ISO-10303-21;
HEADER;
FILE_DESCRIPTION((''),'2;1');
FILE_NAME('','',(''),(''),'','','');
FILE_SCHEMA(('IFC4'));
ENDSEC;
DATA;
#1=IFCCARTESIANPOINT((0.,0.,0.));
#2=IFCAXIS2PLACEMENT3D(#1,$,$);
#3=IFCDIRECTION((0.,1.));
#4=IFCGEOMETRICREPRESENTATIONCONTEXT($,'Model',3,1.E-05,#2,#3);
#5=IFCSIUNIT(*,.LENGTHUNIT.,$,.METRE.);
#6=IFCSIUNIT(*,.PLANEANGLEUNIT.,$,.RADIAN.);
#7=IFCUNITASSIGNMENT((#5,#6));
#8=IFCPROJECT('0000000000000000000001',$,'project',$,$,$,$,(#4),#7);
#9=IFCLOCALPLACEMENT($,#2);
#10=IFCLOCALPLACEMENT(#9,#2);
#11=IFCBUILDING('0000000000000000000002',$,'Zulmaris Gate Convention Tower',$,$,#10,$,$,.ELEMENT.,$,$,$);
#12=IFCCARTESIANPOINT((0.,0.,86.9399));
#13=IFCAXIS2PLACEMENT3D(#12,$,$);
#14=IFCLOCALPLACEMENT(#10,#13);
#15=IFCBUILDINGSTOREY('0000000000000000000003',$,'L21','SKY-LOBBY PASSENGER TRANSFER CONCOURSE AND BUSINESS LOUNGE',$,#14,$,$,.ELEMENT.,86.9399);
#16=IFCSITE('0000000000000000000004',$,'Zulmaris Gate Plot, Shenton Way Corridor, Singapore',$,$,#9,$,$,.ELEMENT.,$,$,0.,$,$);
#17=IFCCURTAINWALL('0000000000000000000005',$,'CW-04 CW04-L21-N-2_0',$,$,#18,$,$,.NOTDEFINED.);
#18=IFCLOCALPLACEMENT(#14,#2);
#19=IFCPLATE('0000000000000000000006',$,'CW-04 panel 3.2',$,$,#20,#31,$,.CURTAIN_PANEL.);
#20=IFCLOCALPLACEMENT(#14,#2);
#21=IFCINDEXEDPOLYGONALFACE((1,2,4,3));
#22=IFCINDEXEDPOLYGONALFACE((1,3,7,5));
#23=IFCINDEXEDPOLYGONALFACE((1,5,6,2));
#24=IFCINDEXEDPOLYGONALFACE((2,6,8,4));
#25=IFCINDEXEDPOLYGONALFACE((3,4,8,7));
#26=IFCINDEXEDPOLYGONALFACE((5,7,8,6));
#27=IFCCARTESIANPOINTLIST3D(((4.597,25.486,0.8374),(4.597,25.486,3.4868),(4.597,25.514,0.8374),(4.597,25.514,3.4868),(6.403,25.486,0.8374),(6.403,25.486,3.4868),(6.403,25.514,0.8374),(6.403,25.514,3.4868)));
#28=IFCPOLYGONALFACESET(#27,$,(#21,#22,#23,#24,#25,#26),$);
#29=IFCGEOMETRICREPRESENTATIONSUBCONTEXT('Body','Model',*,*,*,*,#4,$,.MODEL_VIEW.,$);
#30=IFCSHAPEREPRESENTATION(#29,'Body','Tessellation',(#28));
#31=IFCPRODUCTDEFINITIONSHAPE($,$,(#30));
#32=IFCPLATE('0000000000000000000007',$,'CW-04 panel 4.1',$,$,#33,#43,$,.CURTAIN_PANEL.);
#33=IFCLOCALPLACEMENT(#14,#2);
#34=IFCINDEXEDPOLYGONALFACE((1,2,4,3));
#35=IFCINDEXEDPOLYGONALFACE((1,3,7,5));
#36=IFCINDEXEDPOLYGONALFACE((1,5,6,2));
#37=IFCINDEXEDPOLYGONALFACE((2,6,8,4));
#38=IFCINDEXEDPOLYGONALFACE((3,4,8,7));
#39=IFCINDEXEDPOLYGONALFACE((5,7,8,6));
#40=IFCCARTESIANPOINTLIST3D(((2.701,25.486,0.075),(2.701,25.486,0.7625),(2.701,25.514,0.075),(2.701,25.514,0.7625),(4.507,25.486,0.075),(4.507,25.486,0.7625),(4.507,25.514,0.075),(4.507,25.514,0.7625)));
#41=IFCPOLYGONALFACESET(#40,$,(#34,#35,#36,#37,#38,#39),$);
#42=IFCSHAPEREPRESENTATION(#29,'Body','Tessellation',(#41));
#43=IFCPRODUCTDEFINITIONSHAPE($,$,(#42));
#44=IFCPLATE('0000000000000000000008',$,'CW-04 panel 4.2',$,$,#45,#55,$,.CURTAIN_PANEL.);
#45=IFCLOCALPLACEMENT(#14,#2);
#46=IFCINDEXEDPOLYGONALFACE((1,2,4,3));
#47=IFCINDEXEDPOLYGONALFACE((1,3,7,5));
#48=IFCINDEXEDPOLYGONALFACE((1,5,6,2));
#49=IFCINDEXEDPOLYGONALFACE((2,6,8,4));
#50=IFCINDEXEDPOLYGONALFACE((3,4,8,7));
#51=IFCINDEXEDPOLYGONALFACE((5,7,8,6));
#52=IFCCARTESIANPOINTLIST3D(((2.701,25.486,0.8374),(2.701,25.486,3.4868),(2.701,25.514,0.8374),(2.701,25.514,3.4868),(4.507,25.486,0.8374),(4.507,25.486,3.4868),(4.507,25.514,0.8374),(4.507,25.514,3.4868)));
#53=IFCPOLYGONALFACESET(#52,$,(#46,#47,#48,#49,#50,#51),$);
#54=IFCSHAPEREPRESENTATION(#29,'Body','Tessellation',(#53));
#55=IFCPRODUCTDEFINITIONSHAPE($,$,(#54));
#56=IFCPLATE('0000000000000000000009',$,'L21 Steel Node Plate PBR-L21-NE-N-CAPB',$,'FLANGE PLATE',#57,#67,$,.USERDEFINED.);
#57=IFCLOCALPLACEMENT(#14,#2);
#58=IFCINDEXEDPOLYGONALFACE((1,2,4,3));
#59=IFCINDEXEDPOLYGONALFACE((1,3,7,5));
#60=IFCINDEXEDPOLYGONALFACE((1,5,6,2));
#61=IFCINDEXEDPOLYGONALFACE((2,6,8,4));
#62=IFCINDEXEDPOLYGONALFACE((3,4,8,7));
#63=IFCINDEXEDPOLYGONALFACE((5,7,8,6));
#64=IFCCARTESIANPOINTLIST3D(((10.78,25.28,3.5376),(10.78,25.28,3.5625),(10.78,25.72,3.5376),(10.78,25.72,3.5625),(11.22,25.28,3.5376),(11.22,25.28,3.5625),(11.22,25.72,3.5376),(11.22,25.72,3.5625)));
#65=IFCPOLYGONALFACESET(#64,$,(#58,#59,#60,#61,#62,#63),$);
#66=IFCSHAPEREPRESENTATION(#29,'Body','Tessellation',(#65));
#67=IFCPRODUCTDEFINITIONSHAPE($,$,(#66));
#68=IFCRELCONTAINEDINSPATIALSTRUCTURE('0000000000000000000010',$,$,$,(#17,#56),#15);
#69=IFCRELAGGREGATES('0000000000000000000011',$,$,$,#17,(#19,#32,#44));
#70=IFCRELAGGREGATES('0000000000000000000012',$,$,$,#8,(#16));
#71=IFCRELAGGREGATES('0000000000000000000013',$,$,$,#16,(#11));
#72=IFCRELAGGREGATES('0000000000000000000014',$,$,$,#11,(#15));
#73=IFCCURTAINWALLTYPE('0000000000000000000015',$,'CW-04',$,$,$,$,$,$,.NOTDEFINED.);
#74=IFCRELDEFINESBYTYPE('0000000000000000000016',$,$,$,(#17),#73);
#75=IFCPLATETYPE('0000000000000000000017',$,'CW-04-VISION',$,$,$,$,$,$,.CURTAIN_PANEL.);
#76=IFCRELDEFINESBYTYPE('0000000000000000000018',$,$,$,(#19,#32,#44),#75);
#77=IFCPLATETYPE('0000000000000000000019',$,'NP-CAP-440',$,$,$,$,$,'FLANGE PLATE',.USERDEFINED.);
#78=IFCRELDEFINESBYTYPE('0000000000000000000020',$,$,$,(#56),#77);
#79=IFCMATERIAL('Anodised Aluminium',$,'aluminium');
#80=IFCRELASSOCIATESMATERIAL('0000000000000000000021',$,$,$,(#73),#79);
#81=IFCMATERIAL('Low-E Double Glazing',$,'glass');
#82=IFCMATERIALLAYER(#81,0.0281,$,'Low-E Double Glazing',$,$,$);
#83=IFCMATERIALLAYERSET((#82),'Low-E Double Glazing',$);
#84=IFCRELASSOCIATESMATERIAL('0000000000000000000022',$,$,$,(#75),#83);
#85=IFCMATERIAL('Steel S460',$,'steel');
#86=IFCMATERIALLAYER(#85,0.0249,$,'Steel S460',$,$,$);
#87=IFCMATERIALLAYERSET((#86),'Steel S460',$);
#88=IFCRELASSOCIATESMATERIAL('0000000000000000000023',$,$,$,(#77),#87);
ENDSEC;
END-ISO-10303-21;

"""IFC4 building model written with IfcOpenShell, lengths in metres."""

from ifc_helpers import new_model, si_unit, direction, frame, origin, origin_2d, place, context, subcontext, project, spatial, rectangle, extrude, material, layer, layer_set, type_object, element, aggregate, save


model = new_model("IFC4")

# Units and contexts
model_context = context("Model", 3, precision=1e-05, world=origin(), true_north=direction((0.0, 1.0)))
body_context = subcontext(model_context, "Body", "Model", "MODEL_VIEW")
ifc_project = project(units=[si_unit("LENGTHUNIT", "METRE"), si_unit("PLANEANGLEUNIT", "RADIAN")], contexts=[model_context])

# Site, building, storey
site_placement = place(None, origin())
site = spatial("IfcSite", under=ifc_project, at=site_placement, Name="Zulmaris Gate Plot, Shenton Way Corridor, Singapore", CompositionType="ELEMENT", RefElevation=0.0)
building_placement = place(site_placement, origin())
building = spatial("IfcBuilding", under=site, at=building_placement, Name="Zulmaris Gate Convention Tower", CompositionType="ELEMENT")
storey_placement = place(building_placement, frame((0.0, 0.0, 86.9399)))
storey = spatial("IfcBuildingStorey", under=building, at=storey_placement, Name="L21", Description="SKY-LOBBY PASSENGER TRANSFER CONCOURSE AND BUSINESS LOUNGE", CompositionType="ELEMENT", Elevation=86.9399)

# Curtain wall, plates
ifc_material_1 = material(Name="Anodised Aluminium", Category="aluminium")
curtain_wall_type = type_object("IfcCurtainWallType", Name="CW-04", PredefinedType="NOTDEFINED", material=ifc_material_1)
curtain_wall_placement = place(storey_placement, origin())
curtain_wall = element("IfcCurtainWall", 1, at=curtain_wall_placement, inside=storey, type_object=curtain_wall_type, Name="CW-04 CW04-L21-N-2_0", PredefinedType="NOTDEFINED")
ifc_material_2 = material(Name="Low-E Double Glazing", Category="glass")
ifc_layer_1 = layer(ifc_material_2, 0.0281, Name="Low-E Double Glazing")
ifc_layer_set_1 = layer_set([ifc_layer_1], Name="Low-E Double Glazing")
plate_type_1 = type_object("IfcPlateType", Name="CW-04-VISION", PredefinedType="CURTAIN_PANEL", material=ifc_layer_set_1)
plate_1_placement = place(storey_placement, frame((5.5, 25.5, 0.8374), z_axis=(0.0, 0.0, 1.0), x_axis=(-1.0, 0.0, 0.0)))
plate_1 = element("IfcPlate", 2, at=plate_1_placement, type_object=plate_type_1, Name="CW-04 panel 3.2", PredefinedType="CURTAIN_PANEL", context=body_context, shape_type="SweptSolid", body=[
    extrude(rectangle(XDim=1.8059, YDim=0.0281, at=origin_2d()), origin(), (0.0, 0.0, 1.0), 2.6494),
])
plate_2_placement = place(storey_placement, frame((3.604, 25.5, 0.075), z_axis=(0.0, 0.0, 1.0), x_axis=(-1.0, 0.0, 0.0)))
plate_2 = element("IfcPlate", 3, at=plate_2_placement, type_object=plate_type_1, Name="CW-04 panel 4.1", PredefinedType="CURTAIN_PANEL", context=body_context, shape_type="SweptSolid", body=[
    extrude(rectangle(XDim=1.8059, YDim=0.0281, at=origin_2d()), origin(), (0.0, 0.0, 1.0), 0.6875),
])
plate_3_placement = place(storey_placement, frame((3.604, 25.5, 0.8374), z_axis=(0.0, 0.0, 1.0), x_axis=(-1.0, 0.0, 0.0)))
plate_3 = element("IfcPlate", 4, at=plate_3_placement, type_object=plate_type_1, Name="CW-04 panel 4.2", PredefinedType="CURTAIN_PANEL", context=body_context, shape_type="SweptSolid", body=[
    extrude(rectangle(XDim=1.8059, YDim=0.0281, at=origin_2d()), origin(), (0.0, 0.0, 1.0), 2.6494),
])
aggregate(curtain_wall, [plate_1, plate_2, plate_3])

# Plate
ifc_material_3 = material(Name="Steel S460", Category="steel")
ifc_layer_2 = layer(ifc_material_3, 0.0249, Name="Steel S460")
ifc_layer_set_2 = layer_set([ifc_layer_2], Name="Steel S460")
plate_type_2 = type_object("IfcPlateType", Name="NP-CAP-440", ElementType="FLANGE PLATE", PredefinedType="USERDEFINED", material=ifc_layer_set_2)
plate_4_placement = place(storey_placement, frame((11.0, 25.5, 3.5376), z_axis=(0.0, 0.0, 1.0), x_axis=(1.0, 0.0, 0.0)))
element("IfcPlate", 5, at=plate_4_placement, inside=storey, type_object=plate_type_2, Name="L21 Steel Node Plate PBR-L21-NE-N-CAPB", ObjectType="FLANGE PLATE", PredefinedType="USERDEFINED", context=body_context, shape_type="SweptSolid", body=[
    extrude(rectangle(XDim=0.4399, YDim=0.4399, at=origin_2d()), origin(), (0.0, 0.0, 1.0), 0.0249),
])

save(model, "model.ifc")
